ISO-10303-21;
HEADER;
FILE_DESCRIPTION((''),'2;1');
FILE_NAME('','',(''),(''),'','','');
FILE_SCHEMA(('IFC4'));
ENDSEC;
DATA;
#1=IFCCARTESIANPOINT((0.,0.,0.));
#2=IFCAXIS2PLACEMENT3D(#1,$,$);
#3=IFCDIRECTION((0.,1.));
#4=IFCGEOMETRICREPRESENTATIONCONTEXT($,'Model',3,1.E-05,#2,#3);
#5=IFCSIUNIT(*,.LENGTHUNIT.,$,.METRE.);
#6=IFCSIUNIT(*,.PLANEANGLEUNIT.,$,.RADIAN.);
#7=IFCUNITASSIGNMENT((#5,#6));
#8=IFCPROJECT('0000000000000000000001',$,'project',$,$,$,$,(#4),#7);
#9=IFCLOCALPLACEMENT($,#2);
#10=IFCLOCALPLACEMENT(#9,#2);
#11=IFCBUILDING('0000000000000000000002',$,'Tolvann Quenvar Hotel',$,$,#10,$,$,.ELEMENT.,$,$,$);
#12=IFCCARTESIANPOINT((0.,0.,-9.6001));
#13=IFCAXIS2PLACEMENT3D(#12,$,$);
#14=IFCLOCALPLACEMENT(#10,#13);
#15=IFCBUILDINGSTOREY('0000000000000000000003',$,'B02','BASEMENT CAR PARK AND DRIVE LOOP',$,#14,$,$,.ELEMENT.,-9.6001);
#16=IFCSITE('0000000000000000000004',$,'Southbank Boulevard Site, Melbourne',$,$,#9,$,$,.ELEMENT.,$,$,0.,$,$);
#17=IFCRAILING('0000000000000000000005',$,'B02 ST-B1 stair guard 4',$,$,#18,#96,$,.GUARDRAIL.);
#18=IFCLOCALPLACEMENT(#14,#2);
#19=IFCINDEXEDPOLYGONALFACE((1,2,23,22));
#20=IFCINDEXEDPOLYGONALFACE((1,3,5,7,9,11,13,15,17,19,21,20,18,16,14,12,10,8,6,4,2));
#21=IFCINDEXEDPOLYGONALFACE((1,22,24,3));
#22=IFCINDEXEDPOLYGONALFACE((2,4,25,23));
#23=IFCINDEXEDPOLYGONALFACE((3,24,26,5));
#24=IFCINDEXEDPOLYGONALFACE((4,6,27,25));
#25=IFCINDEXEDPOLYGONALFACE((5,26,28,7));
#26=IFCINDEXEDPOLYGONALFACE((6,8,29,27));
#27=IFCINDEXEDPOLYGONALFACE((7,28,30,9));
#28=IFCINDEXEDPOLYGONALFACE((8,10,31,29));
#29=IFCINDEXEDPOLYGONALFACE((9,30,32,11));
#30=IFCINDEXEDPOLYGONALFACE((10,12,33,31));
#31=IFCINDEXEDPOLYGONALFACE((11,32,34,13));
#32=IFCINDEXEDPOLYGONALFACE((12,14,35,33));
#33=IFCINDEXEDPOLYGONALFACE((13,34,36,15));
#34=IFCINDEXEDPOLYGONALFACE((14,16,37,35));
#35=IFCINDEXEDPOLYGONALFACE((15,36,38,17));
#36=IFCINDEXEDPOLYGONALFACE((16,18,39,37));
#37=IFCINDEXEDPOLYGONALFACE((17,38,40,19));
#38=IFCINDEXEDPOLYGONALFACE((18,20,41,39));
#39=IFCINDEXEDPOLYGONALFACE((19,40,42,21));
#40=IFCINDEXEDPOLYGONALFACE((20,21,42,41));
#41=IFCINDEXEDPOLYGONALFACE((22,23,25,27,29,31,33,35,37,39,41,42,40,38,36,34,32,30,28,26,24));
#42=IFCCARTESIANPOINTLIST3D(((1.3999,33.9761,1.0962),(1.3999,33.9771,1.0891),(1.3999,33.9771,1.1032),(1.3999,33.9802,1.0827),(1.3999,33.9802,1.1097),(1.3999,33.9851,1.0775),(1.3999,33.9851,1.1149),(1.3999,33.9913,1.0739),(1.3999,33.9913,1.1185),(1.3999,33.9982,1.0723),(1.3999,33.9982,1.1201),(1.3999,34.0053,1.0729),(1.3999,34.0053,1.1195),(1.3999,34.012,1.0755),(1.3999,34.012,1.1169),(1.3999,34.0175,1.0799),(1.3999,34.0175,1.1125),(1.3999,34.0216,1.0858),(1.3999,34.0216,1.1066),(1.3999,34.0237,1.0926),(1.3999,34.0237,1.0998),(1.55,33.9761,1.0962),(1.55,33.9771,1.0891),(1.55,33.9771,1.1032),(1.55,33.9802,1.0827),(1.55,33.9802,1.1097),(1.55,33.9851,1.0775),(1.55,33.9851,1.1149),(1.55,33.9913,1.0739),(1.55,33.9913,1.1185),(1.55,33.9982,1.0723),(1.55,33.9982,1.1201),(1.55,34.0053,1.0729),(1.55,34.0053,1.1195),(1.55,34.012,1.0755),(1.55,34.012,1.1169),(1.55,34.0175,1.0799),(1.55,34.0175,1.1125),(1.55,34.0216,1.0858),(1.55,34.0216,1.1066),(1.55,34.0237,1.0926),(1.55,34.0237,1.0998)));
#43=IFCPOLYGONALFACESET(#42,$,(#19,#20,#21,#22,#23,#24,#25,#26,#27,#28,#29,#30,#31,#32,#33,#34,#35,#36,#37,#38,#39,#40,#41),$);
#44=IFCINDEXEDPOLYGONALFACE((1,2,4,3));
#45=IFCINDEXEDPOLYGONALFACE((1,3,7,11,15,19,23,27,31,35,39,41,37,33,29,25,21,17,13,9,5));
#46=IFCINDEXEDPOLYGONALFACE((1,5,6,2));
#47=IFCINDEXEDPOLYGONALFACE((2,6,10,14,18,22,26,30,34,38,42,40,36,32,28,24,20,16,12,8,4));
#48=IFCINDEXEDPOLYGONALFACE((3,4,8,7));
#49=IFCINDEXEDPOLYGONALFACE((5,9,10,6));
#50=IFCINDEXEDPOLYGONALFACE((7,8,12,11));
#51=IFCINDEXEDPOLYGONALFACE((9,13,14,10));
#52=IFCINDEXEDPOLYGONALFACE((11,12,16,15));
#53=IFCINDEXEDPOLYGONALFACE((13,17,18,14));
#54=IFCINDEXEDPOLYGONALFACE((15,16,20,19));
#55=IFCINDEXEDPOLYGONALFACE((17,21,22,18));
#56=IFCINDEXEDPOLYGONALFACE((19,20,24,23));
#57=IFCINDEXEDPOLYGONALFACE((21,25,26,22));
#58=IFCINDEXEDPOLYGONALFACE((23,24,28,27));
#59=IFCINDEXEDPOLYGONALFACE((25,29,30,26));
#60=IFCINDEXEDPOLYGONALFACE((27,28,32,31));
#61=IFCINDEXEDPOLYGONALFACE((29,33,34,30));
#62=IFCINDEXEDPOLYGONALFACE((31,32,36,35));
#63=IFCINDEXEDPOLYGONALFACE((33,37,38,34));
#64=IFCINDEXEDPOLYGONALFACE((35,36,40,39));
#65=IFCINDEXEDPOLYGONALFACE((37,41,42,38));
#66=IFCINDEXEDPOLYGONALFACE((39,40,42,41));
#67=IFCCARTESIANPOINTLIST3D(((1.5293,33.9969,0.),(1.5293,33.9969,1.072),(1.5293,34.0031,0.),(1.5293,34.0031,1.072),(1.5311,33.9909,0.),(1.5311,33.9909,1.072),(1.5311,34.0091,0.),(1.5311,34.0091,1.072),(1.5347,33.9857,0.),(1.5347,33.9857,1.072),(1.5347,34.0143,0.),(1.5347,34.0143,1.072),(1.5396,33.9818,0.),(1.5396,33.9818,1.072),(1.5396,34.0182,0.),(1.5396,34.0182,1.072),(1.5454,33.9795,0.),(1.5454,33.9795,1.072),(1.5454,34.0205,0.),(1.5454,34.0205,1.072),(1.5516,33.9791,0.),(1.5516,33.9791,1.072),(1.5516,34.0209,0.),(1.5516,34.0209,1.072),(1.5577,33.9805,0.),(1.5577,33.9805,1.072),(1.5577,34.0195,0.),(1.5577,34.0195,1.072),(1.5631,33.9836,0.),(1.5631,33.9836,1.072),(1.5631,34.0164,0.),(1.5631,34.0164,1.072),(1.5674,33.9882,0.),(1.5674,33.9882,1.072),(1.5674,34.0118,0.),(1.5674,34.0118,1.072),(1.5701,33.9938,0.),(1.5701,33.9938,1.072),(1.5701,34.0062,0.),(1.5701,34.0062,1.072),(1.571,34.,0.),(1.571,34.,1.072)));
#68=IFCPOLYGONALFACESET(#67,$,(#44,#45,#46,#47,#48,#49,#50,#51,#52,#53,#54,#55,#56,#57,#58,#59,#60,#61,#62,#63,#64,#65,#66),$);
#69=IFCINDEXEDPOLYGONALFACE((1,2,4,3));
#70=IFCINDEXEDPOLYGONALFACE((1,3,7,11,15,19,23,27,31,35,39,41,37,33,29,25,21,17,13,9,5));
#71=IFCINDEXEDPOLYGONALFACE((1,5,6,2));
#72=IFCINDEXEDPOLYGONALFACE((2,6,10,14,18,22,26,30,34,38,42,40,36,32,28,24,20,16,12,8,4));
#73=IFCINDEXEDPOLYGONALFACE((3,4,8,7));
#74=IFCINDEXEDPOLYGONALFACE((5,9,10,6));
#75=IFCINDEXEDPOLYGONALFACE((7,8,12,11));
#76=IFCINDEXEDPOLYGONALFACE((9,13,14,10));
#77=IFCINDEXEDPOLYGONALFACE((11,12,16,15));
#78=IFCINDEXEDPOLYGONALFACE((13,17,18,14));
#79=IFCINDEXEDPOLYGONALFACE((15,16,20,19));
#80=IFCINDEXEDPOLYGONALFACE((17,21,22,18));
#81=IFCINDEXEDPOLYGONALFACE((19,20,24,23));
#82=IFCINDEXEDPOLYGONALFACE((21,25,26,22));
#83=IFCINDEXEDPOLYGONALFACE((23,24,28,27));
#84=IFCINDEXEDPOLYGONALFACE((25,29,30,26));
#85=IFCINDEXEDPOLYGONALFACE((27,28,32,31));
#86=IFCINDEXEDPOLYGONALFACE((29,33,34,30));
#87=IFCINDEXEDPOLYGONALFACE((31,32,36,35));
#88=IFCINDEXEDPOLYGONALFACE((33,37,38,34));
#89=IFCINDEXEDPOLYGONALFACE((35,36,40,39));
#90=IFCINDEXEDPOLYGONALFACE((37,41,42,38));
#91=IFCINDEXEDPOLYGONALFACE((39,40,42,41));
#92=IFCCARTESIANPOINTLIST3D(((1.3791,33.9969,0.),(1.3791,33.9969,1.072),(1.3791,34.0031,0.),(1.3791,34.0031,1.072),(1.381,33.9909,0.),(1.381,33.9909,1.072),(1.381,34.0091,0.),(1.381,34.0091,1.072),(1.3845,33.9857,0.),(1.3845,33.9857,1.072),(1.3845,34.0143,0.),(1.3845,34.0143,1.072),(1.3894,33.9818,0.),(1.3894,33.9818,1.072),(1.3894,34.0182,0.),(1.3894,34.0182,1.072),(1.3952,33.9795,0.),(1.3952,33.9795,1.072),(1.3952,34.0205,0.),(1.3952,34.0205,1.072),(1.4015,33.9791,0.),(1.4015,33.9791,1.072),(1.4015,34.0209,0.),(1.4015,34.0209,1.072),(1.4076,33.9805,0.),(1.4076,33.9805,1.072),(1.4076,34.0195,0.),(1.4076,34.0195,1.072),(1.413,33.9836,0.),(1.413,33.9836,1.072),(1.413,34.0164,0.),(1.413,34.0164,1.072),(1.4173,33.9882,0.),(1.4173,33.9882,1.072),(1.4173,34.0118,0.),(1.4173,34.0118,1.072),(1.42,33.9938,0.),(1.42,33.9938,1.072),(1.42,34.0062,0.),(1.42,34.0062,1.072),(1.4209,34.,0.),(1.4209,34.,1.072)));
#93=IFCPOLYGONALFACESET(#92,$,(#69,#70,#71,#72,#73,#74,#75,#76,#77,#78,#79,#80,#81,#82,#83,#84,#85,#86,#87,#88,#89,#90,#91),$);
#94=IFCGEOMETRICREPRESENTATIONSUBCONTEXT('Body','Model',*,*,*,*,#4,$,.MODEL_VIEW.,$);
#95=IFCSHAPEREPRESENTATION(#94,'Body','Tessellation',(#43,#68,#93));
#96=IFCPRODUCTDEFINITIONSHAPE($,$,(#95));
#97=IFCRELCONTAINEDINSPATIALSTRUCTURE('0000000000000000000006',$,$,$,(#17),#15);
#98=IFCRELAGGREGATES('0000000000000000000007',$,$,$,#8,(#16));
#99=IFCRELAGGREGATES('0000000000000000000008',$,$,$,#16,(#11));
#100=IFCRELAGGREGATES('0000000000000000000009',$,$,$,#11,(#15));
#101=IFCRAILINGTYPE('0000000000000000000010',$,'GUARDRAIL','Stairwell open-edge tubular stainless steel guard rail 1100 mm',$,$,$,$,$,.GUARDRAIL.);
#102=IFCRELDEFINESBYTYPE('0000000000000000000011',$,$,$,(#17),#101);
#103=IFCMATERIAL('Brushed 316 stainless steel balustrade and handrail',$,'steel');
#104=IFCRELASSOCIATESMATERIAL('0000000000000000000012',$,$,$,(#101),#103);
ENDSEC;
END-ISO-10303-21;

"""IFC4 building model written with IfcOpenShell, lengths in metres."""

from ifc_helpers import new_model, si_unit, direction, frame, origin, origin_2d, place, context, subcontext, project, spatial, circle, extrude, material, type_object, element, save


model = new_model("IFC4")

# Units and contexts
model_context = context("Model", 3, precision=1e-05, world=origin(), true_north=direction((0.0, 1.0)))
body_context = subcontext(model_context, "Body", "Model", "MODEL_VIEW")
ifc_project = project(units=[si_unit("LENGTHUNIT", "METRE"), si_unit("PLANEANGLEUNIT", "RADIAN")], contexts=[model_context])

# Site, building, storey
site_placement = place(None, origin())
site = spatial("IfcSite", under=ifc_project, at=site_placement, Name="Southbank Boulevard Site, Melbourne", CompositionType="ELEMENT", RefElevation=0.0)
building_placement = place(site_placement, origin())
building = spatial("IfcBuilding", under=site, at=building_placement, Name="Tolvann Quenvar Hotel", CompositionType="ELEMENT")
storey_placement = place(building_placement, frame((0.0, 0.0, -9.6001)))
storey = spatial("IfcBuildingStorey", under=building, at=storey_placement, Name="B02", Description="BASEMENT CAR PARK AND DRIVE LOOP", CompositionType="ELEMENT", Elevation=-9.6001)

# Railing
ifc_material_1 = material(Name="Brushed 316 stainless steel balustrade and handrail", Category="steel")
railing_type_1 = type_object("IfcRailingType", Name="GUARDRAIL", Description="Stairwell open-edge tubular stainless steel guard rail 1100 mm", PredefinedType="GUARDRAIL", material=ifc_material_1)
railing_1_placement = place(storey_placement, frame((1.55, 34.0, 0.0)))
element("IfcRailing", 1, at=railing_1_placement, inside=storey, type_object=railing_type_1, Name="B02 ST-B1 stair guard 4", PredefinedType="GUARDRAIL", context=body_context, shape_type="SweptSolid", body=[
    extrude(circle(Radius=0.0239, at=origin_2d()), frame((0.0, 0.0, 1.0962), z_axis=(-1.0, 0.0, 0.0), x_axis=(0.0, -1.0, 0.0)), (0.0, 0.0, 1.0), 0.1501),
    extrude(circle(Radius=0.021, at=origin_2d()), origin(), (0.0, 0.0, 1.0), 1.072),
    extrude(circle(Radius=0.021, at=origin_2d()), frame((-0.1501, 0.0, 0.0)), (0.0, 0.0, 1.0), 1.072),
])

save(model, "model.ifc")
